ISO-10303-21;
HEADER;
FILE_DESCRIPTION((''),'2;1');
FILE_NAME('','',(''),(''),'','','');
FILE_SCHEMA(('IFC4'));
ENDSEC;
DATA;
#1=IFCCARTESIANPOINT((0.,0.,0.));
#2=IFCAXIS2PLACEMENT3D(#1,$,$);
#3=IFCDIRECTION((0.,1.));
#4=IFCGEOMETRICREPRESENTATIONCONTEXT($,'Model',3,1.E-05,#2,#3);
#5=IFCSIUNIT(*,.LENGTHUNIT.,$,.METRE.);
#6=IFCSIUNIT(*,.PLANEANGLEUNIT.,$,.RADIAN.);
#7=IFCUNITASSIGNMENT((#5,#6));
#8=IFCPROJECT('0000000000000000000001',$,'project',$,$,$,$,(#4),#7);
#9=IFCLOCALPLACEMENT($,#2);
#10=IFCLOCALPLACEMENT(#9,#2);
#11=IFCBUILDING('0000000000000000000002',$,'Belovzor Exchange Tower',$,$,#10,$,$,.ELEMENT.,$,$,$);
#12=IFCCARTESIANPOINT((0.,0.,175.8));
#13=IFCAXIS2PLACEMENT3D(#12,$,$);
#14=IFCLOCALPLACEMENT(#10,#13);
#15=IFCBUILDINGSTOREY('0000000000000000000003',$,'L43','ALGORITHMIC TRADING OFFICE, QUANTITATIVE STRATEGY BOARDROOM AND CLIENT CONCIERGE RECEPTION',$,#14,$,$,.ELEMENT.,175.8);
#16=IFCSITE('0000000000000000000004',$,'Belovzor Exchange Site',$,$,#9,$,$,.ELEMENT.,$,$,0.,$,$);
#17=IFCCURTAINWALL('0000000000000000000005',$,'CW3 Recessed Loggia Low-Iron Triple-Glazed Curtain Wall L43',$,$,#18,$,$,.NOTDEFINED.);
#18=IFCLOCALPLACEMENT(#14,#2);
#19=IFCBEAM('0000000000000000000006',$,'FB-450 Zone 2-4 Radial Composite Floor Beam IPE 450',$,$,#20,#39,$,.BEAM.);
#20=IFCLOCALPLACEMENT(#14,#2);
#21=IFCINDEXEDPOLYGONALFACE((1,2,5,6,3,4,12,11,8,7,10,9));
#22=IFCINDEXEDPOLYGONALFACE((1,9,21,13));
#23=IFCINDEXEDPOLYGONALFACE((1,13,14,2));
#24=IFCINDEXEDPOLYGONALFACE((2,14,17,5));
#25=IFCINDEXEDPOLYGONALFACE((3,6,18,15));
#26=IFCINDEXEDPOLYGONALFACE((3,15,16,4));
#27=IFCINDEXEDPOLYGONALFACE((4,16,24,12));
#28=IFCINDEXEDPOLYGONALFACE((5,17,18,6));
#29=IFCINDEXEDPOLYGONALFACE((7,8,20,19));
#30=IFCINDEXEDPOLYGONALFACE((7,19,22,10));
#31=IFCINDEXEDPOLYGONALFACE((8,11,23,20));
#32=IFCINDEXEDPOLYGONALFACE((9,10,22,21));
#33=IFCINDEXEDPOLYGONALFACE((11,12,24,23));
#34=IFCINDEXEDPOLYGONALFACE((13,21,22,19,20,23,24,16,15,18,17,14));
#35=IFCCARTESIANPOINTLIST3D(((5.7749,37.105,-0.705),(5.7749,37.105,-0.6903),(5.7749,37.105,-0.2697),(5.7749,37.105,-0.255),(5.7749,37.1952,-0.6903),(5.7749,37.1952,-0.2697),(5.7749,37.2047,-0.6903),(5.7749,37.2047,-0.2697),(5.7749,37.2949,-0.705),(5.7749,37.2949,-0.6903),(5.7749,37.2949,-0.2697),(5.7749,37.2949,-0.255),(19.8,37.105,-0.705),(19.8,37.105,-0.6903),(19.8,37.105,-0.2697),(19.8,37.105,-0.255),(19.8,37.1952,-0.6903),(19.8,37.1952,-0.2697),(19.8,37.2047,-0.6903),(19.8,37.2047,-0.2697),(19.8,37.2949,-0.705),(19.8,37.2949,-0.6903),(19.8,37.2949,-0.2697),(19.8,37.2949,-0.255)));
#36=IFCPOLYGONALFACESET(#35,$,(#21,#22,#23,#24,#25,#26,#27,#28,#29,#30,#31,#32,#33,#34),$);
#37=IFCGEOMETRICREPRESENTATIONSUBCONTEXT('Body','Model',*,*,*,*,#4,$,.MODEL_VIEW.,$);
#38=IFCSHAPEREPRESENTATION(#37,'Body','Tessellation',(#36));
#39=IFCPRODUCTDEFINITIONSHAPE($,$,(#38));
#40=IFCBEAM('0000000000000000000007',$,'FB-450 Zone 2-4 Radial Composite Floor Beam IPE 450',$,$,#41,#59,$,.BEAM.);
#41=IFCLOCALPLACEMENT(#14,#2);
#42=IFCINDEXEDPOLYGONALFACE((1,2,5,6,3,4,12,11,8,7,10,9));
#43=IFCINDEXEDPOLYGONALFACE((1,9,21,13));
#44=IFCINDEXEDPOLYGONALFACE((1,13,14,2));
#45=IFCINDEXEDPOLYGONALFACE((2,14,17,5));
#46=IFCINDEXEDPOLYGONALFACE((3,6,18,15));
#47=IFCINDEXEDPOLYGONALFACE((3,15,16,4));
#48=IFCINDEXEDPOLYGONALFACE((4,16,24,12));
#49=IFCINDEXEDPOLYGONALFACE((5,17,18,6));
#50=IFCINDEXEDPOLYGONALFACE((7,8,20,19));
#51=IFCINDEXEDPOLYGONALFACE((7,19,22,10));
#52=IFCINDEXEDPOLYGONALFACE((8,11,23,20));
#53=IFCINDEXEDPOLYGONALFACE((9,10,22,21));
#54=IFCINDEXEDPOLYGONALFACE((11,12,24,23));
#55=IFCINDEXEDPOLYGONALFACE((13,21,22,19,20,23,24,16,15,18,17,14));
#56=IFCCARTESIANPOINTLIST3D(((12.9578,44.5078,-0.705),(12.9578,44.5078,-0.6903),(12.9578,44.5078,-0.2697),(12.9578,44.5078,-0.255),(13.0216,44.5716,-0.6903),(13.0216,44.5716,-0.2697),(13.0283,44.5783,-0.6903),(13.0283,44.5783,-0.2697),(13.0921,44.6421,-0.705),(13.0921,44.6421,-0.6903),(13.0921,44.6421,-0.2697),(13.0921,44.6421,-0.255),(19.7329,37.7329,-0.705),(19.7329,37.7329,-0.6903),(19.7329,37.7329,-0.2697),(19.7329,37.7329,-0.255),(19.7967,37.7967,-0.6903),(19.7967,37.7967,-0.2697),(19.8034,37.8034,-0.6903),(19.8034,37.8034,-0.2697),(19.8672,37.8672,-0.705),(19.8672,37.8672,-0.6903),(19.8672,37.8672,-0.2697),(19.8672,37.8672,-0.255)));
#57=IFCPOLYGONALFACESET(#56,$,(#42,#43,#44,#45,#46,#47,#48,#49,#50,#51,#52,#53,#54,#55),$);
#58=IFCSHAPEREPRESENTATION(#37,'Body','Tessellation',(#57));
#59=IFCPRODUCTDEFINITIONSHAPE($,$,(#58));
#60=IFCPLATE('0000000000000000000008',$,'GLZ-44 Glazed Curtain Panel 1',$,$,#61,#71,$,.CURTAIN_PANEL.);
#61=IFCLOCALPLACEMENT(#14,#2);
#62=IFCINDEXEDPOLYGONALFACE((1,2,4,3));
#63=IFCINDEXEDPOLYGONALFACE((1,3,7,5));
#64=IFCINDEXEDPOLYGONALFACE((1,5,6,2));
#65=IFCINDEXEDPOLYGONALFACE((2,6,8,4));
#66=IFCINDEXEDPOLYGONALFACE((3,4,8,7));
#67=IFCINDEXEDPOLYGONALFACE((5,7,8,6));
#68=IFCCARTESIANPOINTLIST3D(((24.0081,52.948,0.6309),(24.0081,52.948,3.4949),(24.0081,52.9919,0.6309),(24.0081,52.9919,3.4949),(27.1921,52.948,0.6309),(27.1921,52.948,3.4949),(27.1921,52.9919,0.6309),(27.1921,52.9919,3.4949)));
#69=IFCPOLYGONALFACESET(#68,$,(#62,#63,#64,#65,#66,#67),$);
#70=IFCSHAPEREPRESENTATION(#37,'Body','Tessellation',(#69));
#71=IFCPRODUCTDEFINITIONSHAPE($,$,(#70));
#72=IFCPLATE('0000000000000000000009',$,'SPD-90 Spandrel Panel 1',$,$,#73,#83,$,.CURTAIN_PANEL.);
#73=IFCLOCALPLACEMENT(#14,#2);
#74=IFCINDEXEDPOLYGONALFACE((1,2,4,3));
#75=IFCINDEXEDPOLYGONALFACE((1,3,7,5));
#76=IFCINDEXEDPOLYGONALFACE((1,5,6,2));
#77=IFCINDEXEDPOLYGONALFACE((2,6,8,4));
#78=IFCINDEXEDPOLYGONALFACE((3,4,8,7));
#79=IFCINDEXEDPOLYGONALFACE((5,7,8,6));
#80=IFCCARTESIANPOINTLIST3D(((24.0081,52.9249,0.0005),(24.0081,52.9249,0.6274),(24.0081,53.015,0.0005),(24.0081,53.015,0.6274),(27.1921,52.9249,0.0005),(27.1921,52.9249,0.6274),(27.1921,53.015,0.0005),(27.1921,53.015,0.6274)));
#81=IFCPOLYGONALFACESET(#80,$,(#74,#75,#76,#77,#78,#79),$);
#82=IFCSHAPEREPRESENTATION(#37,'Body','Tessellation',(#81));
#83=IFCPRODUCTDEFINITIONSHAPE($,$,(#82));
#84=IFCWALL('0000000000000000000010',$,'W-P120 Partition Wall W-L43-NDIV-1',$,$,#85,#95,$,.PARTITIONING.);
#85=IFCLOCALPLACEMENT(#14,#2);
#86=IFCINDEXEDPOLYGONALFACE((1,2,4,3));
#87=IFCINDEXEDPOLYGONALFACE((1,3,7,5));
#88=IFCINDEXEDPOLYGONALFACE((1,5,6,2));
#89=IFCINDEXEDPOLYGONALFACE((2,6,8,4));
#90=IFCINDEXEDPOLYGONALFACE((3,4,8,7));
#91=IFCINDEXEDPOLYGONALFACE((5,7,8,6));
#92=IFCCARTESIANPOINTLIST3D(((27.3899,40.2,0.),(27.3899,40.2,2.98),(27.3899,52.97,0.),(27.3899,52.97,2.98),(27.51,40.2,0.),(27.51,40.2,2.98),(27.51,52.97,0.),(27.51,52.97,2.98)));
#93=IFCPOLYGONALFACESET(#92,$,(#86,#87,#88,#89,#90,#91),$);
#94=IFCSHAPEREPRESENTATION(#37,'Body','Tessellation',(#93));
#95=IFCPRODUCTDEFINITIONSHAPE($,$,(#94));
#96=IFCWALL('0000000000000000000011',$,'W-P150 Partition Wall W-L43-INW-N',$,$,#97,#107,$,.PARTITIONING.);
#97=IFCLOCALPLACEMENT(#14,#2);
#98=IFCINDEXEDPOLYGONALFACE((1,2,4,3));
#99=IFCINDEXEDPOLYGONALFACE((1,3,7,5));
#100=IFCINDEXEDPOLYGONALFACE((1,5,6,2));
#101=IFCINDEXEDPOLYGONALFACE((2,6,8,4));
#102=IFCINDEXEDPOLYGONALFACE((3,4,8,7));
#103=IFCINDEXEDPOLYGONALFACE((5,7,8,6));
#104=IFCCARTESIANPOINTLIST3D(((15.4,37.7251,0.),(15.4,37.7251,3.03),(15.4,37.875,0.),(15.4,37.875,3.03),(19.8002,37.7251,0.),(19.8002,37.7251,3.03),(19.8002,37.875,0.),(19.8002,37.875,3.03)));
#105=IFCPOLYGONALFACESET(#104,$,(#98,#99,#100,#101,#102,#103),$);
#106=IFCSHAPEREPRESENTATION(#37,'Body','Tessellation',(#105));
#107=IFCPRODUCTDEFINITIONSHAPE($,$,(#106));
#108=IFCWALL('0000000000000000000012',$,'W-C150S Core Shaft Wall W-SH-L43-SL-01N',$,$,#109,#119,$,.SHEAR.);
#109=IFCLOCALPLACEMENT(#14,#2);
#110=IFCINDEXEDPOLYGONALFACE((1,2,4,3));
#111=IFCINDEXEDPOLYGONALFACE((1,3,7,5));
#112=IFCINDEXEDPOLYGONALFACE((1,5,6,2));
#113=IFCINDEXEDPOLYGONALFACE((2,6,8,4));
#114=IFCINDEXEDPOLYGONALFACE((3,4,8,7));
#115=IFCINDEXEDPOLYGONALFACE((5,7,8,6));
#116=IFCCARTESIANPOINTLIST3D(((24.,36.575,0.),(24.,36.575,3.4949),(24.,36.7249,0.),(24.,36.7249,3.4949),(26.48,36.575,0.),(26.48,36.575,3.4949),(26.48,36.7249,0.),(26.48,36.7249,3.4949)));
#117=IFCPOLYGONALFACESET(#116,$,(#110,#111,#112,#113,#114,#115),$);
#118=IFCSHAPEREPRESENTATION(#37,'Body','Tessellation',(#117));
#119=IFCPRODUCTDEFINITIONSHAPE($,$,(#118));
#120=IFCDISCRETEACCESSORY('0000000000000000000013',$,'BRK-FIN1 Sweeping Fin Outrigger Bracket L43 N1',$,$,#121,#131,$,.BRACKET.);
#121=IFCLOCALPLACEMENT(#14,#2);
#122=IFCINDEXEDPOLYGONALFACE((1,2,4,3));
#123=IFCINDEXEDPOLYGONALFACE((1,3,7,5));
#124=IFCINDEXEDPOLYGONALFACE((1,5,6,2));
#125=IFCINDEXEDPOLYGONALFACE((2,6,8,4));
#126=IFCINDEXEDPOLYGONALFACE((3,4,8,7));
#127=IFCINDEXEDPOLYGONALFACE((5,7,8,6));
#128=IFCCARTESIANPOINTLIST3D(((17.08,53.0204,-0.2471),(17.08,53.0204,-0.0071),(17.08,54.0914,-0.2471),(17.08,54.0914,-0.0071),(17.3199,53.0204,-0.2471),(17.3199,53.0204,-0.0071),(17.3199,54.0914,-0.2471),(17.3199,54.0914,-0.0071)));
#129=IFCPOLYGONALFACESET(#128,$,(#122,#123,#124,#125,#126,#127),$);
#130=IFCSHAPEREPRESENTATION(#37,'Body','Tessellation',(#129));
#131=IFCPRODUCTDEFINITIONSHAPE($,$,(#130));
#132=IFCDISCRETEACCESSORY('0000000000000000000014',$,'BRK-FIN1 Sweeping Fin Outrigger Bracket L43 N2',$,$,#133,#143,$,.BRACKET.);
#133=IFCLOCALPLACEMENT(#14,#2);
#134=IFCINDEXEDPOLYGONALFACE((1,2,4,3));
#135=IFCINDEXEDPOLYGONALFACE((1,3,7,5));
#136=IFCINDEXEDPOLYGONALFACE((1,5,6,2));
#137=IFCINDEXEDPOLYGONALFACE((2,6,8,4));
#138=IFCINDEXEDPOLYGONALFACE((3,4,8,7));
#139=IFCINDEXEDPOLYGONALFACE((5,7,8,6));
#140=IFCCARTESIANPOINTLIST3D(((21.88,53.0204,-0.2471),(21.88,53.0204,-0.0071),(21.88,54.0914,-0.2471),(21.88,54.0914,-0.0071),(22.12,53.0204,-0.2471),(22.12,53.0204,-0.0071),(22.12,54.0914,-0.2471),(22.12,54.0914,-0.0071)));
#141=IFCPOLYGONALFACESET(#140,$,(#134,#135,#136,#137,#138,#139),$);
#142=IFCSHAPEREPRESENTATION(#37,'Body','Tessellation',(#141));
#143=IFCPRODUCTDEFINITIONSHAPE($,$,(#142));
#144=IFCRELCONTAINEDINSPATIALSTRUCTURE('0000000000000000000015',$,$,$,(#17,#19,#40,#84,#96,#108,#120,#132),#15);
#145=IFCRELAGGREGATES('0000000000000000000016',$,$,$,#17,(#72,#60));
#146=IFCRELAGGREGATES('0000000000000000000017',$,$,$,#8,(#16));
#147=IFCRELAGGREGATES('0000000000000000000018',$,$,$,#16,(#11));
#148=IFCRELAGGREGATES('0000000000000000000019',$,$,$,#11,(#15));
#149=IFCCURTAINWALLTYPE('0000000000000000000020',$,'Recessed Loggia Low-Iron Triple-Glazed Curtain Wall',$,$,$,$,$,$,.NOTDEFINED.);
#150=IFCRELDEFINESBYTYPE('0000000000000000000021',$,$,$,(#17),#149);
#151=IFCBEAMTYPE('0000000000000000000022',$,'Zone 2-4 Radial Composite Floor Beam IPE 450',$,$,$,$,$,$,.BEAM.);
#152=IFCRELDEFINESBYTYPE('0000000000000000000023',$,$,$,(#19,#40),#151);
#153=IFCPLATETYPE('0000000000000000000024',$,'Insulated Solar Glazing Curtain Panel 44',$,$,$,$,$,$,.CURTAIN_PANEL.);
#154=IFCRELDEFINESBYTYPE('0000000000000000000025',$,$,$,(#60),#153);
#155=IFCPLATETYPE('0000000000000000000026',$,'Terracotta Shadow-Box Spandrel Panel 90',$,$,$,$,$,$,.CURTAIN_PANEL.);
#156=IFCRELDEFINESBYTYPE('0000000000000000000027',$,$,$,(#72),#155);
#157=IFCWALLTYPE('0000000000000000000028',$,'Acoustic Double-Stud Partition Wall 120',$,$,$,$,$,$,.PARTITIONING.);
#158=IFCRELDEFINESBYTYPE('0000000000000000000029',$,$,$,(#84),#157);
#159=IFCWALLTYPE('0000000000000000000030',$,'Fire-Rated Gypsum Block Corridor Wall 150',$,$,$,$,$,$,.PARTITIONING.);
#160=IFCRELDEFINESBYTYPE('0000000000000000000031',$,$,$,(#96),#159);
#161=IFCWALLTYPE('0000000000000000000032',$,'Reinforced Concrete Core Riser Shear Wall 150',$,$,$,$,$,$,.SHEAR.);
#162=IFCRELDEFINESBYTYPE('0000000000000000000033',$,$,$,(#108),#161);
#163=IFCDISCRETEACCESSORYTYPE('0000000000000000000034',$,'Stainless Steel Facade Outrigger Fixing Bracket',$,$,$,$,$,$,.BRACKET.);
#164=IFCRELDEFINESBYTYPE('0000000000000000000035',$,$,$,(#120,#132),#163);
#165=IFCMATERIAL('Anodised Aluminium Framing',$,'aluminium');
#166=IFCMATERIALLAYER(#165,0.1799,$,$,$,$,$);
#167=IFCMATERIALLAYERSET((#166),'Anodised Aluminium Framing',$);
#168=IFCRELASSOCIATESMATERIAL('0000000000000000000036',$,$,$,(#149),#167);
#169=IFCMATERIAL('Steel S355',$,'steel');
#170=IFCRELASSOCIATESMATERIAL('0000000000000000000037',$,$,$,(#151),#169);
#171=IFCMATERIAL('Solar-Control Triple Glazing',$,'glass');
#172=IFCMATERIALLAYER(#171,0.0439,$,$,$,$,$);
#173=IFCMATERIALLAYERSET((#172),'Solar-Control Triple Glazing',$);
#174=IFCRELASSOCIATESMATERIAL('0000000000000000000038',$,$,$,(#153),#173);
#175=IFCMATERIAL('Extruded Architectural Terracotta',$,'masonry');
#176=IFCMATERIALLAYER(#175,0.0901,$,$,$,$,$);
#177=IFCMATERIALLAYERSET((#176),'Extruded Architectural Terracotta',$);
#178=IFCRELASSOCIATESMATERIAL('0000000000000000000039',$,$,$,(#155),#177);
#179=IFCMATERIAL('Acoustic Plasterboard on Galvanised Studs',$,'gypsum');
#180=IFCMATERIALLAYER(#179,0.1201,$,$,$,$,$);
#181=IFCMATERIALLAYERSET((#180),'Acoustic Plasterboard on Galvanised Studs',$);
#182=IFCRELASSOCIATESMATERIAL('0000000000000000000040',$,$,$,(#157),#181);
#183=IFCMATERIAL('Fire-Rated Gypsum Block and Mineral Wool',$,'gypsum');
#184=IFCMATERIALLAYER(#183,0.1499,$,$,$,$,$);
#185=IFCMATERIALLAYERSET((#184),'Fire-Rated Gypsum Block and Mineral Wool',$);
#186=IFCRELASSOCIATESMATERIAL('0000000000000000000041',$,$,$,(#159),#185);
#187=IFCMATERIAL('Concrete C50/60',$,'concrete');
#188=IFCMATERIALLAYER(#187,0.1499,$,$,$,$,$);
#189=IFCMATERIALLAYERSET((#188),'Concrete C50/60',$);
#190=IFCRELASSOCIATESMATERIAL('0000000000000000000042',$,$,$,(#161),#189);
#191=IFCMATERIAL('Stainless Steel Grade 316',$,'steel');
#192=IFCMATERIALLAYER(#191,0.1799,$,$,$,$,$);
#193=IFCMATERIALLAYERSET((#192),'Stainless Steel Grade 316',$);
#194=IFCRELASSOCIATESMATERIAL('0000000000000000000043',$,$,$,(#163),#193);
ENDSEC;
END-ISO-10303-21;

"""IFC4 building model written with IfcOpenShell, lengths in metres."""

from ifc_helpers import new_model, si_unit, direction, frame, frame_2d, origin, origin_2d, place, context, subcontext, project, spatial, rectangle, i_section, extrude, material, layer, layer_set, material_profile, profile_set, type_object, element, aggregate, save


model = new_model("IFC4")

# Units and contexts
model_context = context("Model", 3, precision=1e-05, world=origin(), true_north=direction((0.0, 1.0)))
body_context = subcontext(model_context, "Body", "Model", "MODEL_VIEW")
ifc_project = project(units=[si_unit("LENGTHUNIT", "METRE"), si_unit("PLANEANGLEUNIT", "RADIAN")], contexts=[model_context])

# Site, building, storey
site_placement = place(None, origin())
site = spatial("IfcSite", under=ifc_project, at=site_placement, Name="Belovzor Exchange Site", CompositionType="ELEMENT", RefElevation=0.0)
building_placement = place(site_placement, origin())
building = spatial("IfcBuilding", under=site, at=building_placement, Name="Belovzor Exchange Tower", CompositionType="ELEMENT")
storey_placement = place(building_placement, frame((0.0, 0.0, 175.8)))
storey = spatial("IfcBuildingStorey", under=building, at=storey_placement, Name="L43", Description="ALGORITHMIC TRADING OFFICE, QUANTITATIVE STRATEGY BOARDROOM AND CLIENT CONCIERGE RECEPTION", CompositionType="ELEMENT", Elevation=175.8)

# Curtain wall
ifc_material_1 = material(Name="Anodised Aluminium Framing", Category="aluminium")
ifc_layer_1 = layer(ifc_material_1, 0.1799)
ifc_layer_set_1 = layer_set([ifc_layer_1], Name="Anodised Aluminium Framing")
curtain_wall_type = type_object("IfcCurtainWallType", Name="Recessed Loggia Low-Iron Triple-Glazed Curtain Wall", PredefinedType="NOTDEFINED", material=ifc_layer_set_1)
curtain_wall_placement = place(storey_placement, origin())
curtain_wall = element("IfcCurtainWall", 1, at=curtain_wall_placement, inside=storey, type_object=curtain_wall_type, Name="CW3 Recessed Loggia Low-Iron Triple-Glazed Curtain Wall L43", PredefinedType="NOTDEFINED")

# Beams
ifc_material_2 = material(Name="Steel S355", Category="steel")
ifc_material_profile_1 = material_profile(ifc_material_2, i_section(OverallWidth=0.1899, OverallDepth=0.45, WebThickness=0.0095, FlangeThickness=0.0146, at=origin_2d()))
ifc_profile_set_1 = profile_set([ifc_material_profile_1], Name="Steel S355")
beam_type_1 = type_object("IfcBeamType", Name="Zone 2-4 Radial Composite Floor Beam IPE 450", PredefinedType="BEAM", material=ifc_profile_set_1)
beam_1_placement = place(storey_placement, frame((19.8, 37.2, -0.48), z_axis=(-1.0, 0.0, 0.0), x_axis=(0.0, -1.0, 0.0)))
element("IfcBeam", 2, at=beam_1_placement, inside=storey, type_object=beam_type_1, Name="FB-450 Zone 2-4 Radial Composite Floor Beam IPE 450", PredefinedType="BEAM", context=body_context, shape_type="SweptSolid", body=[
    extrude(i_section(OverallWidth=0.1899, OverallDepth=0.45, WebThickness=0.0095, FlangeThickness=0.0146, at=origin_2d()), origin(), (0.0, 0.0, 1.0), 14.0251),
])
beam_2_placement = place(storey_placement, frame((19.8, 37.8, -0.48), z_axis=(-0.70712, 0.707094, 0.0), x_axis=(-0.707094, -0.70712, 0.0)))
element("IfcBeam", 3, at=beam_2_placement, inside=storey, type_object=beam_type_1, Name="FB-450 Zone 2-4 Radial Composite Floor Beam IPE 450", PredefinedType="BEAM", context=body_context, shape_type="SweptSolid", body=[
    extrude(i_section(OverallWidth=0.1899, OverallDepth=0.45, WebThickness=0.0095, FlangeThickness=0.0146, at=origin_2d()), origin(), (0.0, 0.0, 1.0), 9.5813),
])

# Plates
ifc_material_3 = material(Name="Solar-Control Triple Glazing", Category="glass")
ifc_layer_2 = layer(ifc_material_3, 0.0439)
ifc_layer_set_2 = layer_set([ifc_layer_2], Name="Solar-Control Triple Glazing")
plate_type_1 = type_object("IfcPlateType", Name="Insulated Solar Glazing Curtain Panel 44", PredefinedType="CURTAIN_PANEL", material=ifc_layer_set_2)
plate_1_placement = place(storey_placement, frame((25.6001, 52.97, 0.6309), z_axis=(0.0, 0.0, 1.0), x_axis=(1.0, 0.0, 0.0)))
plate_1 = element("IfcPlate", 4, at=plate_1_placement, type_object=plate_type_1, Name="GLZ-44 Glazed Curtain Panel 1", PredefinedType="CURTAIN_PANEL", context=body_context, shape_type="SweptSolid", body=[
    extrude(rectangle(XDim=3.1841, YDim=0.0439, at=origin_2d()), origin(), (0.0, 0.0, 1.0), 2.864),
])
ifc_material_4 = material(Name="Extruded Architectural Terracotta", Category="masonry")
ifc_layer_3 = layer(ifc_material_4, 0.0901)
ifc_layer_set_3 = layer_set([ifc_layer_3], Name="Extruded Architectural Terracotta")
plate_type_2 = type_object("IfcPlateType", Name="Terracotta Shadow-Box Spandrel Panel 90", PredefinedType="CURTAIN_PANEL", material=ifc_layer_set_3)
plate_2_placement = place(storey_placement, frame((25.6001, 52.97, 0.0005), z_axis=(0.0, 0.0, 1.0), x_axis=(1.0, 0.0, 0.0)))
plate_2 = element("IfcPlate", 5, at=plate_2_placement, type_object=plate_type_2, Name="SPD-90 Spandrel Panel 1", PredefinedType="CURTAIN_PANEL", context=body_context, shape_type="SweptSolid", body=[
    extrude(rectangle(XDim=3.1841, YDim=0.0901, at=origin_2d()), origin(), (0.0, 0.0, 1.0), 0.627),
])
aggregate(curtain_wall, [plate_2, plate_1])

# Walls
ifc_material_5 = material(Name="Acoustic Plasterboard on Galvanised Studs", Category="gypsum")
ifc_layer_4 = layer(ifc_material_5, 0.1201)
ifc_layer_set_4 = layer_set([ifc_layer_4], Name="Acoustic Plasterboard on Galvanised Studs")
wall_type_1 = type_object("IfcWallType", Name="Acoustic Double-Stud Partition Wall 120", PredefinedType="PARTITIONING", material=ifc_layer_set_4)
wall_1_placement = place(storey_placement, frame((27.45, 40.2, 0.0), z_axis=(0.0, 0.0, 1.0), x_axis=(0.0, 1.0, 0.0)))
element("IfcWall", 6, at=wall_1_placement, inside=storey, type_object=wall_type_1, Name="W-P120 Partition Wall W-L43-NDIV-1", PredefinedType="PARTITIONING", context=body_context, shape_type="SweptSolid", body=[
    extrude(rectangle(XDim=12.77, YDim=0.1201, at=frame_2d((6.385, 0.0))), origin(), (0.0, 0.0, 1.0), 2.98),
])
ifc_material_6 = material(Name="Fire-Rated Gypsum Block and Mineral Wool", Category="gypsum")
ifc_layer_5 = layer(ifc_material_6, 0.1499)
ifc_layer_set_5 = layer_set([ifc_layer_5], Name="Fire-Rated Gypsum Block and Mineral Wool")
wall_type_2 = type_object("IfcWallType", Name="Fire-Rated Gypsum Block Corridor Wall 150", PredefinedType="PARTITIONING", material=ifc_layer_set_5)
wall_2_placement = place(storey_placement, frame((15.3999, 37.8, 0.0), z_axis=(0.0, 0.0, 1.0), x_axis=(1.0, 0.0, 0.0)))
element("IfcWall", 7, at=wall_2_placement, inside=storey, type_object=wall_type_2, Name="W-P150 Partition Wall W-L43-INW-N", PredefinedType="PARTITIONING", context=body_context, shape_type="SweptSolid", body=[
    extrude(rectangle(XDim=4.4001, YDim=0.1499, at=frame_2d((2.2002, 0.0))), origin(), (0.0, 0.0, 1.0), 3.03),
])
ifc_material_7 = material(Name="Concrete C50/60", Category="concrete")
ifc_layer_6 = layer(ifc_material_7, 0.1499)
ifc_layer_set_6 = layer_set([ifc_layer_6], Name="Concrete C50/60")
wall_type_3 = type_object("IfcWallType", Name="Reinforced Concrete Core Riser Shear Wall 150", PredefinedType="SHEAR", material=ifc_layer_set_6)
wall_3_placement = place(storey_placement, frame((24.0, 36.6499, 0.0), z_axis=(0.0, 0.0, 1.0), x_axis=(1.0, 0.0, 0.0)))
element("IfcWall", 8, at=wall_3_placement, inside=storey, type_object=wall_type_3, Name="W-C150S Core Shaft Wall W-SH-L43-SL-01N", PredefinedType="SHEAR", context=body_context, shape_type="SweptSolid", body=[
    extrude(rectangle(XDim=2.48, YDim=0.1499, at=frame_2d((1.24, 0.0))), origin(), (0.0, 0.0, 1.0), 3.4949),
])

# Discrete accessories
ifc_material_8 = material(Name="Stainless Steel Grade 316", Category="steel")
ifc_layer_7 = layer(ifc_material_8, 0.1799)
ifc_layer_set_7 = layer_set([ifc_layer_7], Name="Stainless Steel Grade 316")
discrete_accessory_type = type_object("IfcDiscreteAccessoryType", Name="Stainless Steel Facade Outrigger Fixing Bracket", PredefinedType="BRACKET", material=ifc_layer_set_7)
for number, where, z_axis, x_axis, name in (
    (9, (17.2, 53.5559, -0.2471), (0.0, 0.0, 1.0), (0.0, 1.0, 0.0), "BRK-FIN1 Sweeping Fin Outrigger Bracket L43 N1"),
    (10, (22.0, 53.5559, -0.2471), (0.0, 0.0, 1.0), (0.0, 1.0, 0.0), "BRK-FIN1 Sweeping Fin Outrigger Bracket L43 N2"),
):
    element("IfcDiscreteAccessory", number, at=place(storey_placement, frame(where, z_axis=z_axis, x_axis=x_axis)), inside=storey, type_object=discrete_accessory_type, Name=name, PredefinedType="BRACKET", context=body_context, shape_type="SweptSolid", body=[
        extrude(rectangle(XDim=1.071, YDim=0.24, at=origin_2d()), origin(), (0.0, 0.0, 1.0), 0.24),
    ])

save(model, "model.ifc")
